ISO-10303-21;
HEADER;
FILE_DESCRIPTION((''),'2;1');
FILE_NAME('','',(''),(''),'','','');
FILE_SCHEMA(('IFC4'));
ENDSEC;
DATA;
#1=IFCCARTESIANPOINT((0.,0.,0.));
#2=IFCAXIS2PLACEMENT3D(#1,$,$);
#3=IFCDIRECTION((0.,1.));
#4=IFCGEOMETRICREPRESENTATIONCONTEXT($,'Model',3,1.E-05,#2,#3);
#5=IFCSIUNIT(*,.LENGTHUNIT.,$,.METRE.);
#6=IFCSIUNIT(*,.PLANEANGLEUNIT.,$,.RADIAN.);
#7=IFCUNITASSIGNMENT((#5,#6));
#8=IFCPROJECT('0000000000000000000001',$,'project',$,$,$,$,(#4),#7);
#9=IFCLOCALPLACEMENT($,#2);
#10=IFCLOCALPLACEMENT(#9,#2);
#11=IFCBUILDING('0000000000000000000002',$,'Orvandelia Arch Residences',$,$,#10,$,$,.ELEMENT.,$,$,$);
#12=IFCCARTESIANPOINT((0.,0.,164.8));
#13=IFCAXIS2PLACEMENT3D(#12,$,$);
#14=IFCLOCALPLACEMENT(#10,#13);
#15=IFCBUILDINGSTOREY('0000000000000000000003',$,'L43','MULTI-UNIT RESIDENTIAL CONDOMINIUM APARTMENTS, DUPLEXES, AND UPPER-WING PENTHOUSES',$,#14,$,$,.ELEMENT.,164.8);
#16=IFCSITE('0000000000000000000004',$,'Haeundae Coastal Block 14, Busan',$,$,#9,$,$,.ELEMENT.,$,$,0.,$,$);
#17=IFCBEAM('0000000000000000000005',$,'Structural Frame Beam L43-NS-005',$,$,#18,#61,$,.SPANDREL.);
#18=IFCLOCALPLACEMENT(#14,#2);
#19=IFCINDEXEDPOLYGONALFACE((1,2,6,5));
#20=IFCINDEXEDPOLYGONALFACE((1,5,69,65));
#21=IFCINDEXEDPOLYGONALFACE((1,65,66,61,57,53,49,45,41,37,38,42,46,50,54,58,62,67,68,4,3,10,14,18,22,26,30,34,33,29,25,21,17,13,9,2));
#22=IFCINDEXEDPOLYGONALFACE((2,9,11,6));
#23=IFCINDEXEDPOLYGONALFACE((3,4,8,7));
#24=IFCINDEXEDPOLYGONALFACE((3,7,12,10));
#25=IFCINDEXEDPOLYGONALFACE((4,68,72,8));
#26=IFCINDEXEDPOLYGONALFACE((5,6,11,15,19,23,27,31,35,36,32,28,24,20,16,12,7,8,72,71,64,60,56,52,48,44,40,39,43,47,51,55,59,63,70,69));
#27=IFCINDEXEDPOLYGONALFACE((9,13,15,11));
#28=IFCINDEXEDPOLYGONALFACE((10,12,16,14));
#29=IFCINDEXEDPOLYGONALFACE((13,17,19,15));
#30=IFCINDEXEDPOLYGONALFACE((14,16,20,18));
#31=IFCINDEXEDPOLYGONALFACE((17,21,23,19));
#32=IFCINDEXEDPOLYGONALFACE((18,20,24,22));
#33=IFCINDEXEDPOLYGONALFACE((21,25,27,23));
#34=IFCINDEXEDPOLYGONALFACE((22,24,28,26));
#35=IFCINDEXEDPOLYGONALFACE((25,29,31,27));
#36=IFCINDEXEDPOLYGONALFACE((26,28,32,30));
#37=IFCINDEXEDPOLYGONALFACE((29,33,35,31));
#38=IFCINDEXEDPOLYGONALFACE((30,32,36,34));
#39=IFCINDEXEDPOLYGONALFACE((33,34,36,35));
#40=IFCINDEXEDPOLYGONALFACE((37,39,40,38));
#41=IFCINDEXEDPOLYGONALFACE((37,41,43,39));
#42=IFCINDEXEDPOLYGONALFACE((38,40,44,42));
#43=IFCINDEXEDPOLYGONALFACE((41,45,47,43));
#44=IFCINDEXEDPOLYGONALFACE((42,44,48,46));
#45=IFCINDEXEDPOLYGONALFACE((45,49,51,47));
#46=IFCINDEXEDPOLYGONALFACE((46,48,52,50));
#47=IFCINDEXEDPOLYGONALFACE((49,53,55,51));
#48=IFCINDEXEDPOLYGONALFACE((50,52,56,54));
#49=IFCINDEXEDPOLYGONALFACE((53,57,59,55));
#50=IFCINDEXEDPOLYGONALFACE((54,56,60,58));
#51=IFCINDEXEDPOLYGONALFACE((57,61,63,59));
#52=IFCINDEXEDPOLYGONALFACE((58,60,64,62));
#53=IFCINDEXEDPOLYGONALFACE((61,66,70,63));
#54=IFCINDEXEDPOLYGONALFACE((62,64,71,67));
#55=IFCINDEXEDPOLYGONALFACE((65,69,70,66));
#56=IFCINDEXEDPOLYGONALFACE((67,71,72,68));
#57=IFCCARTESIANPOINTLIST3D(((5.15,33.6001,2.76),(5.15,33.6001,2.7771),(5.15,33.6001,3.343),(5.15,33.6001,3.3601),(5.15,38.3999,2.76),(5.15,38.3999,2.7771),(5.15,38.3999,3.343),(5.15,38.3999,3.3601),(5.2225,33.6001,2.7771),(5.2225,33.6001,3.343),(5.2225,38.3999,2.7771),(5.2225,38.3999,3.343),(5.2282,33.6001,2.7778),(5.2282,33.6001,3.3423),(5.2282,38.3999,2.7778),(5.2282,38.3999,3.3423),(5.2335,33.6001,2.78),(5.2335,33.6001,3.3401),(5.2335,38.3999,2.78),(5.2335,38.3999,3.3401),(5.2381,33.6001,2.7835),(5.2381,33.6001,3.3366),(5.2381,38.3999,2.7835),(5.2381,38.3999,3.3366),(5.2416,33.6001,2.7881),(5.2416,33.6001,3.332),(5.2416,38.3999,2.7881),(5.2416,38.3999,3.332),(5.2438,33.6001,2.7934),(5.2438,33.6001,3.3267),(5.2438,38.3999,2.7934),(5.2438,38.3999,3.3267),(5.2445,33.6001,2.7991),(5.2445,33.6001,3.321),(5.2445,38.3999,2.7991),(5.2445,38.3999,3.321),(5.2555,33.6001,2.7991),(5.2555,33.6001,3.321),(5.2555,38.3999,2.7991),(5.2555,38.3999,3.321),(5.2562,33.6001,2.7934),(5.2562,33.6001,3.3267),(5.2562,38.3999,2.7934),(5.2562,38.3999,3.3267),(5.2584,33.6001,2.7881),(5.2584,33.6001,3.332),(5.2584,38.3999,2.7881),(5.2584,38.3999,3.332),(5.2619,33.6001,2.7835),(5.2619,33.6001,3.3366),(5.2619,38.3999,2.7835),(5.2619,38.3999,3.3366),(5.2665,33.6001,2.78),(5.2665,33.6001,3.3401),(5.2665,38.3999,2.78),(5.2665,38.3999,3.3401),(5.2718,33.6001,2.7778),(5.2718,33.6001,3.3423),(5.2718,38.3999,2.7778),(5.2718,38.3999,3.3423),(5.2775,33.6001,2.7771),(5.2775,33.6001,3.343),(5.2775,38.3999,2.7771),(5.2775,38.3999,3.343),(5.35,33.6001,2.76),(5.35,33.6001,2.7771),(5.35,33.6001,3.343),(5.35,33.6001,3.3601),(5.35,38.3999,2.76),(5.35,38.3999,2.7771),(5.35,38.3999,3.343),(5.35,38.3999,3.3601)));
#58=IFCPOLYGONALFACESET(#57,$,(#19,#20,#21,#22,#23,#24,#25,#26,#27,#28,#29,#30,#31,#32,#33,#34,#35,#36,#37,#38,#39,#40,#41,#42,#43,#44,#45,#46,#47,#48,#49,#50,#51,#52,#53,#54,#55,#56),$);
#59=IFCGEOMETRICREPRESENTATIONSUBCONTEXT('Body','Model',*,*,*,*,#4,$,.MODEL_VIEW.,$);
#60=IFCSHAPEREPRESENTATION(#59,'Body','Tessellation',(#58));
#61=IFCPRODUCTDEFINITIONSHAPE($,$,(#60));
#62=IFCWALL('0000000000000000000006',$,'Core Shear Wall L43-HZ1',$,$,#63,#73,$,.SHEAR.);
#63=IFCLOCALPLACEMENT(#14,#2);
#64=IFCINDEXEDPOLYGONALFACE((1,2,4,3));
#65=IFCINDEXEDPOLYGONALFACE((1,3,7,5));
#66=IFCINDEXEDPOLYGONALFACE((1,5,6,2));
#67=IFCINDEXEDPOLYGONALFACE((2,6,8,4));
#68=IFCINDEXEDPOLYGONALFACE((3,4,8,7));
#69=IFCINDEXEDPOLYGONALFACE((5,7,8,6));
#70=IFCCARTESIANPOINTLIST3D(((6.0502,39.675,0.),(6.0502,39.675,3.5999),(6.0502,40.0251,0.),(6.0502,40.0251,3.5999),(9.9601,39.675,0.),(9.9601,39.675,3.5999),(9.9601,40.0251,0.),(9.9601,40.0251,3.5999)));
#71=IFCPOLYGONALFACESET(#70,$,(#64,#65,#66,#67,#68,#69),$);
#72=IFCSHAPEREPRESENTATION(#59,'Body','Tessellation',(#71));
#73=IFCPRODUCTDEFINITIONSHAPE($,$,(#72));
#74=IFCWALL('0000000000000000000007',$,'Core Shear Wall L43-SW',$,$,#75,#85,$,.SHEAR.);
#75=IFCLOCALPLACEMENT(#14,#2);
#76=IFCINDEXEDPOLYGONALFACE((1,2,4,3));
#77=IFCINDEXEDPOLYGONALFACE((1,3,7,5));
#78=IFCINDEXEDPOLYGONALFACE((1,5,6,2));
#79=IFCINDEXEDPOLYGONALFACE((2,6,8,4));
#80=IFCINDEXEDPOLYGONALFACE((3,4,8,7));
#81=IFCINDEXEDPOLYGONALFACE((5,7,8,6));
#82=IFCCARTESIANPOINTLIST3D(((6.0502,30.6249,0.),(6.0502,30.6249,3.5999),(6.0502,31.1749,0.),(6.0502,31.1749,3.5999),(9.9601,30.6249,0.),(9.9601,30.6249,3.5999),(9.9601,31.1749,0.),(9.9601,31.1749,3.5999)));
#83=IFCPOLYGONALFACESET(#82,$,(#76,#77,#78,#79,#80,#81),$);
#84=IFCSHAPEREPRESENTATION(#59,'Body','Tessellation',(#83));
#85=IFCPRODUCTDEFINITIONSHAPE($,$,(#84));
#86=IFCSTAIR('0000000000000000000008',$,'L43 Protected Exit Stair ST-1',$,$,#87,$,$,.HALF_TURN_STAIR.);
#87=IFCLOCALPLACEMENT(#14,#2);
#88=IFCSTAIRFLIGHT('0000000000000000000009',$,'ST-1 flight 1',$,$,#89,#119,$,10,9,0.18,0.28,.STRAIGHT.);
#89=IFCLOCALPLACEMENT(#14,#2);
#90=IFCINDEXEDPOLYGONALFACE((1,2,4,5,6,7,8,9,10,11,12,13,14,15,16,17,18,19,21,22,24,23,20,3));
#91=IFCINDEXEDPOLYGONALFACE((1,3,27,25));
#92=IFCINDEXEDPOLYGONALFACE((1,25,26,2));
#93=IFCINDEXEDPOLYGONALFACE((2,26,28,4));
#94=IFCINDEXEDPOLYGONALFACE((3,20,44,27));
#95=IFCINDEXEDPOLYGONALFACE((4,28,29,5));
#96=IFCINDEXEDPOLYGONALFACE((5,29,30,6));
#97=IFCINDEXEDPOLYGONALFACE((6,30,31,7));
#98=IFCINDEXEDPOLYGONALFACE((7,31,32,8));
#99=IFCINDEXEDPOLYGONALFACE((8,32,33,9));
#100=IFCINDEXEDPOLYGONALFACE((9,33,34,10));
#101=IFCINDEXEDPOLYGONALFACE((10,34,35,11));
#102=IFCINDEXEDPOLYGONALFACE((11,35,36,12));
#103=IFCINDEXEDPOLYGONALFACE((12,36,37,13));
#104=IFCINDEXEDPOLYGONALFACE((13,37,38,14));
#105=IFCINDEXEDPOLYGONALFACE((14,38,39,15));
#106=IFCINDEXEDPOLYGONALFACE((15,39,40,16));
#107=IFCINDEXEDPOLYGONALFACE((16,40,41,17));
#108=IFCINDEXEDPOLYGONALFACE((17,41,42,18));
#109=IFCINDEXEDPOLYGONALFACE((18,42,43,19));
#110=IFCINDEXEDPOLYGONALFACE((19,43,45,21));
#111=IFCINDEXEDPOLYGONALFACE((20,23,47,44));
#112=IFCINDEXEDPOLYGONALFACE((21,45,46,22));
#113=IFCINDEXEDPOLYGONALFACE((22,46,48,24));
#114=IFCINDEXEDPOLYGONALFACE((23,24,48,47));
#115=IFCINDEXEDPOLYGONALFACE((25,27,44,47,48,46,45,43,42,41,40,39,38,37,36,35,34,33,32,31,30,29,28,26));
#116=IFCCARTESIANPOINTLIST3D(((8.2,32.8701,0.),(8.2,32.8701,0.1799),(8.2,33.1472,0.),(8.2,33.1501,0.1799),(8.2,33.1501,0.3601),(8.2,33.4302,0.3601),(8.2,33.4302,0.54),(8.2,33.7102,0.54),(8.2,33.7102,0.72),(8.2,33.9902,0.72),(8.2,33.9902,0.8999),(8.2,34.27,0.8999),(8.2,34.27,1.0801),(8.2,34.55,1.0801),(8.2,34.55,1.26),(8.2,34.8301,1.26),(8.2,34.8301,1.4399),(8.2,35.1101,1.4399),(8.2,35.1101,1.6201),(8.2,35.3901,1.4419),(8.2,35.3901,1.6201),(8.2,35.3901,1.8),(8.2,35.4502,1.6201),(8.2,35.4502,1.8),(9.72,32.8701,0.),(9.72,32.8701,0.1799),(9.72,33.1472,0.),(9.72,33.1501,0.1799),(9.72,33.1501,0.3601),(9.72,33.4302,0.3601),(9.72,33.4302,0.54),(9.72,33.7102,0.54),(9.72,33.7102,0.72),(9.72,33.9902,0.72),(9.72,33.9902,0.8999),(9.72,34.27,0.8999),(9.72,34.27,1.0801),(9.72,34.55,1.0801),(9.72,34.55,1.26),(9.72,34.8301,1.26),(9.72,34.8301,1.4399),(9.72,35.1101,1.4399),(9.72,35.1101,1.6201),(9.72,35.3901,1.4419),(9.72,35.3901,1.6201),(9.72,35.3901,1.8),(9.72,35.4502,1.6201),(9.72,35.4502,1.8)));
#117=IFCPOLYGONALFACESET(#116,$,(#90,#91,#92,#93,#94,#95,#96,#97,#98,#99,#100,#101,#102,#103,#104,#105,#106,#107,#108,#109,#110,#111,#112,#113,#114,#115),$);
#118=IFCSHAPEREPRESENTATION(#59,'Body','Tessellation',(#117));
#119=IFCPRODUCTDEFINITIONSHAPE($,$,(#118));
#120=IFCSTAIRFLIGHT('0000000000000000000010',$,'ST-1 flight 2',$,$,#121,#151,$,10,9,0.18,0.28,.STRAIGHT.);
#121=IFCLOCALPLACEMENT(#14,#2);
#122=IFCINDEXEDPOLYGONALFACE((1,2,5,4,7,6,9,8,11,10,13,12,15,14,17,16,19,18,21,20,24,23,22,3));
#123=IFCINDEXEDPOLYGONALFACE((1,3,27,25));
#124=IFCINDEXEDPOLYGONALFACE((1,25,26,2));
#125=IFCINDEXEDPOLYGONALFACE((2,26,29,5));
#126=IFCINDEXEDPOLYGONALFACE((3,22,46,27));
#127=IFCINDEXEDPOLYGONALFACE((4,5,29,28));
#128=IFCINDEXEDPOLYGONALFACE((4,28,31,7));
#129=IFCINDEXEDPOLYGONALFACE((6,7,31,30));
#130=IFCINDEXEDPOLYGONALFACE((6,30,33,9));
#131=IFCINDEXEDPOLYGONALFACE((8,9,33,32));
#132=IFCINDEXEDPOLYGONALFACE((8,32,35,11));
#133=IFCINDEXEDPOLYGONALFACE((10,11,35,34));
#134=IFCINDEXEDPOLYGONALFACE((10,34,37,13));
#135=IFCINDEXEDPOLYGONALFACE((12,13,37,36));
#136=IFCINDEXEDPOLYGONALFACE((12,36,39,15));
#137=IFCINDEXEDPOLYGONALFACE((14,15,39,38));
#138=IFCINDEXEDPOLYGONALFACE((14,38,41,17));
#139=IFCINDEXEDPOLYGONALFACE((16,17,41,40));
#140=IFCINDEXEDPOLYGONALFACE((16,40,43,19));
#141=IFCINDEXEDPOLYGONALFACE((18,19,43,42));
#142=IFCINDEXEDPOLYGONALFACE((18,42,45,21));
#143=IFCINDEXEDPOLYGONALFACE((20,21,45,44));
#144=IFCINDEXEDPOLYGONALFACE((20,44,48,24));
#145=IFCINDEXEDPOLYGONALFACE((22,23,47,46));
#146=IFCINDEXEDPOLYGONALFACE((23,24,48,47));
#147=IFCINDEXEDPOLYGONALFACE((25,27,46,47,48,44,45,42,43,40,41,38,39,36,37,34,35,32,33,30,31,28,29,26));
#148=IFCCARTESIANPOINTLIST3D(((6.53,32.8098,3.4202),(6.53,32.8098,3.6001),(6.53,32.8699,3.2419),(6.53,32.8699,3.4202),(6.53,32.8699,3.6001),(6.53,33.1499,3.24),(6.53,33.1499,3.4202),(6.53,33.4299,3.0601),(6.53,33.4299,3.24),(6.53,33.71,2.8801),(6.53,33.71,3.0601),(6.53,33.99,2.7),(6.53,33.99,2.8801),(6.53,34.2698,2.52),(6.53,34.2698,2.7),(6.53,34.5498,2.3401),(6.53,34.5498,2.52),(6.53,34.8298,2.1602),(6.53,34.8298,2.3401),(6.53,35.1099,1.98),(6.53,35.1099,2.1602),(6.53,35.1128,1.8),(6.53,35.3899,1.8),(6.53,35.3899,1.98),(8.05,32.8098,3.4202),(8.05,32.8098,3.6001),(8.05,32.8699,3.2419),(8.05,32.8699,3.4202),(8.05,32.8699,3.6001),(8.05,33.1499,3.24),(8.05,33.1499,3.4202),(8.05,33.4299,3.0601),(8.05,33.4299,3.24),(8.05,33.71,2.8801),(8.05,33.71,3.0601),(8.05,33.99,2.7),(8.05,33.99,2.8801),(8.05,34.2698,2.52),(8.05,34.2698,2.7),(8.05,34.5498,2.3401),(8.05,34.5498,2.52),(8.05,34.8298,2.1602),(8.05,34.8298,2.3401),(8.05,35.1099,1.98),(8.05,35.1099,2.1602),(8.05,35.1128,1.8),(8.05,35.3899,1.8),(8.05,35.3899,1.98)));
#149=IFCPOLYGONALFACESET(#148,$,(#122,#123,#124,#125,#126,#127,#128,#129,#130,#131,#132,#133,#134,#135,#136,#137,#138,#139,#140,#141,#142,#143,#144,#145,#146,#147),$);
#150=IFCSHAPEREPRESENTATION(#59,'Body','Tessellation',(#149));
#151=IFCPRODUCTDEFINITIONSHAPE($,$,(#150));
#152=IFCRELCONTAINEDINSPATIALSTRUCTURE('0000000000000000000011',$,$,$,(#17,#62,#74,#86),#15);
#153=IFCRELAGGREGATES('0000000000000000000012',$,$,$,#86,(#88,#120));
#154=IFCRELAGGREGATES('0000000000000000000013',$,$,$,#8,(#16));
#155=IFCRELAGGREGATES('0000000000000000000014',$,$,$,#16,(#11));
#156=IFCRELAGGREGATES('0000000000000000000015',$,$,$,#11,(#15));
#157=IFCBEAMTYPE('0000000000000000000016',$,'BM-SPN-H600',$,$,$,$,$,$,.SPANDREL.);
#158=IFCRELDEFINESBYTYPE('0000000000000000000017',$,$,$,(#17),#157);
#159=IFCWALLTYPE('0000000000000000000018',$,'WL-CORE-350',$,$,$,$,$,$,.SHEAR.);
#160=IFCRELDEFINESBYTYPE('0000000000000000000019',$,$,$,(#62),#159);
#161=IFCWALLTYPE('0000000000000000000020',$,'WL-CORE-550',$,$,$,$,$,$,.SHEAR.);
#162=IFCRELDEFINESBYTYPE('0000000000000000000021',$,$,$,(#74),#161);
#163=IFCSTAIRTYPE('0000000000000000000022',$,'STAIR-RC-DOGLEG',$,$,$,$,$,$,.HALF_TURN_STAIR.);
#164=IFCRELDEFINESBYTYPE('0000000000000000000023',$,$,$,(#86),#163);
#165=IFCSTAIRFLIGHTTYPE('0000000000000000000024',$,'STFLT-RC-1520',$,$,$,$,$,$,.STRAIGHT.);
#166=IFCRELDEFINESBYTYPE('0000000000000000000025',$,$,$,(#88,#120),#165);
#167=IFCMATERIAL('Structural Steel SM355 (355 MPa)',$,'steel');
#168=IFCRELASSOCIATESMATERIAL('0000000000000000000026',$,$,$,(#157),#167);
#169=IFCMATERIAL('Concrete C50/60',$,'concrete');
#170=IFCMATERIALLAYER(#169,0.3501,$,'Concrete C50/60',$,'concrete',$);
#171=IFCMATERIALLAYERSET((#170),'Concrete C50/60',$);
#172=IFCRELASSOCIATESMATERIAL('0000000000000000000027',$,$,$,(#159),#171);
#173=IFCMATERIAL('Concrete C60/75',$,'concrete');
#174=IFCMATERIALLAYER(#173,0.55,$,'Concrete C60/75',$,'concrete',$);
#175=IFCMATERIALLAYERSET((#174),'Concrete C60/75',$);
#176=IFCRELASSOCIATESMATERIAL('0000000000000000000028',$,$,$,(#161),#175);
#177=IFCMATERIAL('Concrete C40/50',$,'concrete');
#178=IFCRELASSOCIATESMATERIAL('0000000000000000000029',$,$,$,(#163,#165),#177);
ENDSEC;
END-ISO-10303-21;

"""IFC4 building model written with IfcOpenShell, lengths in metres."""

from ifc_helpers import new_model, si_unit, direction, frame, frame_2d, origin, origin_2d, place, context, subcontext, project, spatial, polyline, rectangle, i_section, outline, extrude, material, layer, layer_set, material_profile, profile_set, type_object, element, aggregate, save


model = new_model("IFC4")

# Units and contexts
model_context = context("Model", 3, precision=1e-05, world=origin(), true_north=direction((0.0, 1.0)))
body_context = subcontext(model_context, "Body", "Model", "MODEL_VIEW")
ifc_project = project(units=[si_unit("LENGTHUNIT", "METRE"), si_unit("PLANEANGLEUNIT", "RADIAN")], contexts=[model_context])

# Site, building, storey
site_placement = place(None, origin())
site = spatial("IfcSite", under=ifc_project, at=site_placement, Name="Haeundae Coastal Block 14, Busan", CompositionType="ELEMENT", RefElevation=0.0)
building_placement = place(site_placement, origin())
building = spatial("IfcBuilding", under=site, at=building_placement, Name="Orvandelia Arch Residences", CompositionType="ELEMENT")
storey_placement = place(building_placement, frame((0.0, 0.0, 164.8)))
storey = spatial("IfcBuildingStorey", under=building, at=storey_placement, Name="L43", Description="MULTI-UNIT RESIDENTIAL CONDOMINIUM APARTMENTS, DUPLEXES, AND UPPER-WING PENTHOUSES", CompositionType="ELEMENT", Elevation=164.8)

# Shared definitions
ifc_material_1 = material(Name="Concrete C60/75", Category="concrete")

# Beam
ifc_material_2 = material(Name="Structural Steel SM355 (355 MPa)", Category="steel")
ifc_material_profile_1 = material_profile(ifc_material_2, i_section(OverallWidth=0.2, OverallDepth=0.6001, WebThickness=0.011, FlangeThickness=0.0171, FilletRadius=0.022, at=origin_2d()), Name="Structural Steel SM355 (355 MPa)", Category="steel")
ifc_profile_set_1 = profile_set([ifc_material_profile_1], Name="Structural Steel SM355 (355 MPa)")
beam_type_1 = type_object("IfcBeamType", Name="BM-SPN-H600", PredefinedType="SPANDREL", material=ifc_profile_set_1)
beam_1_placement = place(storey_placement, frame((5.25, 33.6001, 3.0601), z_axis=(0.0, 1.0, 0.0), x_axis=(-1.0, 0.0, 0.0)))
element("IfcBeam", 1, at=beam_1_placement, inside=storey, type_object=beam_type_1, Name="Structural Frame Beam L43-NS-005", PredefinedType="SPANDREL", context=body_context, shape_type="SweptSolid", body=[
    extrude(i_section(OverallWidth=0.2, OverallDepth=0.6001, WebThickness=0.011, FlangeThickness=0.0171, FilletRadius=0.022, at=origin_2d()), origin(), (0.0, 0.0, 1.0), 4.7998),
])

# Walls
ifc_material_3 = material(Name="Concrete C50/60", Category="concrete")
ifc_layer_1 = layer(ifc_material_3, 0.3501, Name="Concrete C50/60", Category="concrete")
ifc_layer_set_1 = layer_set([ifc_layer_1], Name="Concrete C50/60")
wall_type_1 = type_object("IfcWallType", Name="WL-CORE-350", PredefinedType="SHEAR", material=ifc_layer_set_1)
wall_1_placement = place(storey_placement, frame((6.05, 39.8501, 0.0), z_axis=(0.0, 0.0, 1.0), x_axis=(1.0, 0.0, 0.0)))
element("IfcWall", 2, at=wall_1_placement, inside=storey, type_object=wall_type_1, Name="Core Shear Wall L43-HZ1", PredefinedType="SHEAR", context=body_context, shape_type="SweptSolid", body=[
    extrude(rectangle(XDim=3.9099, YDim=0.3501, at=frame_2d((1.9551, 0.0))), origin(), (0.0, 0.0, 1.0), 3.5999),
])
ifc_layer_2 = layer(ifc_material_1, 0.55, Name="Concrete C60/75", Category="concrete")
ifc_layer_set_2 = layer_set([ifc_layer_2], Name="Concrete C60/75")
wall_type_2 = type_object("IfcWallType", Name="WL-CORE-550", PredefinedType="SHEAR", material=ifc_layer_set_2)
wall_2_placement = place(storey_placement, frame((6.05, 30.8999, 0.0), z_axis=(0.0, 0.0, 1.0), x_axis=(1.0, 0.0, 0.0)))
element("IfcWall", 3, at=wall_2_placement, inside=storey, type_object=wall_type_2, Name="Core Shear Wall L43-SW", PredefinedType="SHEAR", context=body_context, shape_type="SweptSolid", body=[
    extrude(rectangle(XDim=3.9099, YDim=0.55, at=frame_2d((1.9551, 0.0))), origin(), (0.0, 0.0, 1.0), 3.5999),
])

# Stair, stair flights
ifc_material_4 = material(Name="Concrete C40/50", Category="concrete")
stair_type = type_object("IfcStairType", Name="STAIR-RC-DOGLEG", PredefinedType="HALF_TURN_STAIR", material=ifc_material_4)
stair_placement = place(storey_placement, origin())
stair = element("IfcStair", 4, at=stair_placement, inside=storey, type_object=stair_type, Name="L43 Protected Exit Stair ST-1", PredefinedType="HALF_TURN_STAIR")
stair_flight_type = type_object("IfcStairFlightType", Name="STFLT-RC-1520", PredefinedType="STRAIGHT", material=ifc_material_4)
stair_flight_1_placement = place(storey_placement, frame((8.96, 32.8701, 0.0), z_axis=(0.0, 0.0, 1.0), x_axis=(0.0, 1.0, 0.0)))
stair_flight_1 = element("IfcStairFlight", 5, at=stair_flight_1_placement, type_object=stair_flight_type, Name="ST-1 flight 1", NumberOfRisers=10, NumberOfTreads=9, PredefinedType="STRAIGHT", RiserHeight=0.18, TreadLength=0.28, context=body_context, shape_type="SweptSolid", body=[
    extrude(outline(polyline([(0.0, 0.0), (0.0, 0.1799), (0.28, 0.1799), (0.28, 0.3601), (0.5601, 0.3601), (0.5601, 0.54), (0.8401, 0.54), (0.8401, 0.72), (1.1201, 0.72), (1.1201, 0.8999), (1.3999, 0.8999), (1.3999, 1.0801), (1.6799, 1.0801), (1.6799, 1.26), (1.96, 1.26), (1.96, 1.4399), (2.24, 1.4399), (2.24, 1.6201), (2.52, 1.6201), (2.52, 1.8), (2.5801, 1.8), (2.5801, 1.6201), (2.52, 1.4419), (0.2771, 0.0), (0.0, 0.0)])), frame((0.0, 0.76, 0.0), z_axis=(0.0, -1.0, 0.0), x_axis=(1.0, 0.0, 0.0)), (0.0, 0.0, 1.0), 1.52),
])
stair_flight_2_placement = place(storey_placement, frame((7.29, 35.3899, 1.8), z_axis=(0.0, 0.0, 1.0), x_axis=(0.0, -1.0, 0.0)))
stair_flight_2 = element("IfcStairFlight", 6, at=stair_flight_2_placement, type_object=stair_flight_type, Name="ST-1 flight 2", NumberOfRisers=10, NumberOfTreads=9, PredefinedType="STRAIGHT", RiserHeight=0.18, TreadLength=0.28, context=body_context, shape_type="SweptSolid", body=[
    extrude(outline(polyline([(0.0, 0.0), (0.0, 0.1799), (0.28, 0.1799), (0.28, 0.3601), (0.5601, 0.3601), (0.5601, 0.54), (0.8401, 0.54), (0.8401, 0.72), (1.1201, 0.72), (1.1201, 0.8999), (1.3999, 0.8999), (1.3999, 1.0801), (1.6799, 1.0801), (1.6799, 1.26), (1.96, 1.26), (1.96, 1.4399), (2.24, 1.4399), (2.24, 1.6201), (2.52, 1.6201), (2.52, 1.8), (2.5801, 1.8), (2.5801, 1.6201), (2.52, 1.4419), (0.2771, 0.0), (0.0, 0.0)])), frame((0.0, 0.76, 0.0), z_axis=(0.0, -1.0, 0.0), x_axis=(1.0, 0.0, 0.0)), (0.0, 0.0, 1.0), 1.52),
])
aggregate(stair, [stair_flight_1, stair_flight_2])

save(model, "model.ifc")
